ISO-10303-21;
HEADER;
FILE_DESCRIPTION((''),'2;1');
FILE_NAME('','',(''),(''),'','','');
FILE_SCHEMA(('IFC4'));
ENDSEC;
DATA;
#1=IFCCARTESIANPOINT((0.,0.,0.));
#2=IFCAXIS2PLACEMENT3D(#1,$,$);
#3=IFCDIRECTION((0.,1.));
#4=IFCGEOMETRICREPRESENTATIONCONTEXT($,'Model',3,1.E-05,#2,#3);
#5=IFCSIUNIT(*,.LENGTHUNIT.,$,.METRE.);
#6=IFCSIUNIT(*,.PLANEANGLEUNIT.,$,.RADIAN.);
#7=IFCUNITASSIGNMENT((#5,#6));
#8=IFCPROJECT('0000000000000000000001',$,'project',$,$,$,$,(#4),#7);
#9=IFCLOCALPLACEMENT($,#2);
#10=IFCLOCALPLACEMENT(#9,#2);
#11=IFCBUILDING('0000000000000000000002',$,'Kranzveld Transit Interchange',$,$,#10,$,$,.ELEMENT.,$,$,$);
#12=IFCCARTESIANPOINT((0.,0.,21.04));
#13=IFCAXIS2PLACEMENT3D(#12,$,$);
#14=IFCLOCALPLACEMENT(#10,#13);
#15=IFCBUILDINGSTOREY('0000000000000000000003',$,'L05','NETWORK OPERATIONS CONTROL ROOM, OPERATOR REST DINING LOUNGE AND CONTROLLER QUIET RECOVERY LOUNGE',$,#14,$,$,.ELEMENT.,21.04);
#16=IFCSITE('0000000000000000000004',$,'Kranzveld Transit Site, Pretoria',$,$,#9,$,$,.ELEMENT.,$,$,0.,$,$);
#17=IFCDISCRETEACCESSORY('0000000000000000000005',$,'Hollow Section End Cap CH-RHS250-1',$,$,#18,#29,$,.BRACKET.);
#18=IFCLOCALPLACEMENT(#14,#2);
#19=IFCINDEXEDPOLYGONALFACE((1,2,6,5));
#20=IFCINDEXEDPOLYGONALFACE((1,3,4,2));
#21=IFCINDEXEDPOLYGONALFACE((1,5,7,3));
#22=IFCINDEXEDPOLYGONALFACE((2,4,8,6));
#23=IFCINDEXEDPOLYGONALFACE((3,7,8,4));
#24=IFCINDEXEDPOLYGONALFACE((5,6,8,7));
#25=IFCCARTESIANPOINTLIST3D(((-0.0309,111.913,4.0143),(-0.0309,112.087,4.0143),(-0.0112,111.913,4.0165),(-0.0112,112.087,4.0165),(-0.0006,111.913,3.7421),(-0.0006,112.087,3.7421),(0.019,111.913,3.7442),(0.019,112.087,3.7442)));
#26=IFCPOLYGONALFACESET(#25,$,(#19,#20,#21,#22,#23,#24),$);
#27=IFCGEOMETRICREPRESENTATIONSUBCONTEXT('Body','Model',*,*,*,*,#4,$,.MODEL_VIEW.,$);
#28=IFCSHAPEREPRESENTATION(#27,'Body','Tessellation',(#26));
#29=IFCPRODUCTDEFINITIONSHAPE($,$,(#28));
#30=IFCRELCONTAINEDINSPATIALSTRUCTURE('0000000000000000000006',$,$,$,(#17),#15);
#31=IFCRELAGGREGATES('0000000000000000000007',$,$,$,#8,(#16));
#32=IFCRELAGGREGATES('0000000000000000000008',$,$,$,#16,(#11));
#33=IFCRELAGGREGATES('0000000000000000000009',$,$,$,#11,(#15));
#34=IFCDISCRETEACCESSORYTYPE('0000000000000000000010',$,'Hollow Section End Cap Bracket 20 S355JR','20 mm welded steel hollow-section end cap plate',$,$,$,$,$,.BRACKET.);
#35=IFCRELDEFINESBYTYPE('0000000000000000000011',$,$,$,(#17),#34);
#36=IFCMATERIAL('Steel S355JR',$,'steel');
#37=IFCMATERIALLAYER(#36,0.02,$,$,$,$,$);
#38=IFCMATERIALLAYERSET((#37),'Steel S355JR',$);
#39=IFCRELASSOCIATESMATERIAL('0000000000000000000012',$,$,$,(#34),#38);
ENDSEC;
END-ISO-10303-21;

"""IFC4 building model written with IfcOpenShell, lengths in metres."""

from ifc_helpers import new_model, si_unit, direction, frame, origin, origin_2d, place, context, subcontext, project, spatial, rectangle, extrude, material, layer, layer_set, type_object, element, save


model = new_model("IFC4")

# Units and contexts
model_context = context("Model", 3, precision=1e-05, world=origin(), true_north=direction((0.0, 1.0)))
body_context = subcontext(model_context, "Body", "Model", "MODEL_VIEW")
ifc_project = project(units=[si_unit("LENGTHUNIT", "METRE"), si_unit("PLANEANGLEUNIT", "RADIAN")], contexts=[model_context])

# Site, building, storey
site_placement = place(None, origin())
site = spatial("IfcSite", under=ifc_project, at=site_placement, Name="Kranzveld Transit Site, Pretoria", CompositionType="ELEMENT", RefElevation=0.0)
building_placement = place(site_placement, origin())
building = spatial("IfcBuilding", under=site, at=building_placement, Name="Kranzveld Transit Interchange", CompositionType="ELEMENT")
storey_placement = place(building_placement, frame((0.0, 0.0, 21.04)))
storey = spatial("IfcBuildingStorey", under=building, at=storey_placement, Name="L05", Description="NETWORK OPERATIONS CONTROL ROOM, OPERATOR REST DINING LOUNGE AND CONTROLLER QUIET RECOVERY LOUNGE", CompositionType="ELEMENT", Elevation=21.04)

# Discrete accessory
ifc_material_1 = material(Name="Steel S355JR", Category="steel")
ifc_layer_1 = layer(ifc_material_1, 0.02)
ifc_layer_set_1 = layer_set([ifc_layer_1], Name="Steel S355JR")
discrete_accessory_type = type_object("IfcDiscreteAccessoryType", Name="Hollow Section End Cap Bracket 20 S355JR", Description="20 mm welded steel hollow-section end cap plate", PredefinedType="BRACKET", material=ifc_layer_set_1)
for number, where, z_axis, x_axis, name in (
    (1, (0.0039, 112.0, 3.8804), (-0.993884, 0.0, -0.110432), (0.0, -1.0, 0.0), "Hollow Section End Cap CH-RHS250-1"),
):
    element("IfcDiscreteAccessory", number, at=place(storey_placement, frame(where, z_axis=z_axis, x_axis=x_axis)), inside=storey, type_object=discrete_accessory_type, Name=name, PredefinedType="BRACKET", context=body_context, shape_type="SweptSolid", body=[
        extrude(rectangle(XDim=0.1741, YDim=0.2739, at=origin_2d()), origin(), (0.0, 0.0, 1.0), 0.0198),
    ])

save(model, "model.ifc")
